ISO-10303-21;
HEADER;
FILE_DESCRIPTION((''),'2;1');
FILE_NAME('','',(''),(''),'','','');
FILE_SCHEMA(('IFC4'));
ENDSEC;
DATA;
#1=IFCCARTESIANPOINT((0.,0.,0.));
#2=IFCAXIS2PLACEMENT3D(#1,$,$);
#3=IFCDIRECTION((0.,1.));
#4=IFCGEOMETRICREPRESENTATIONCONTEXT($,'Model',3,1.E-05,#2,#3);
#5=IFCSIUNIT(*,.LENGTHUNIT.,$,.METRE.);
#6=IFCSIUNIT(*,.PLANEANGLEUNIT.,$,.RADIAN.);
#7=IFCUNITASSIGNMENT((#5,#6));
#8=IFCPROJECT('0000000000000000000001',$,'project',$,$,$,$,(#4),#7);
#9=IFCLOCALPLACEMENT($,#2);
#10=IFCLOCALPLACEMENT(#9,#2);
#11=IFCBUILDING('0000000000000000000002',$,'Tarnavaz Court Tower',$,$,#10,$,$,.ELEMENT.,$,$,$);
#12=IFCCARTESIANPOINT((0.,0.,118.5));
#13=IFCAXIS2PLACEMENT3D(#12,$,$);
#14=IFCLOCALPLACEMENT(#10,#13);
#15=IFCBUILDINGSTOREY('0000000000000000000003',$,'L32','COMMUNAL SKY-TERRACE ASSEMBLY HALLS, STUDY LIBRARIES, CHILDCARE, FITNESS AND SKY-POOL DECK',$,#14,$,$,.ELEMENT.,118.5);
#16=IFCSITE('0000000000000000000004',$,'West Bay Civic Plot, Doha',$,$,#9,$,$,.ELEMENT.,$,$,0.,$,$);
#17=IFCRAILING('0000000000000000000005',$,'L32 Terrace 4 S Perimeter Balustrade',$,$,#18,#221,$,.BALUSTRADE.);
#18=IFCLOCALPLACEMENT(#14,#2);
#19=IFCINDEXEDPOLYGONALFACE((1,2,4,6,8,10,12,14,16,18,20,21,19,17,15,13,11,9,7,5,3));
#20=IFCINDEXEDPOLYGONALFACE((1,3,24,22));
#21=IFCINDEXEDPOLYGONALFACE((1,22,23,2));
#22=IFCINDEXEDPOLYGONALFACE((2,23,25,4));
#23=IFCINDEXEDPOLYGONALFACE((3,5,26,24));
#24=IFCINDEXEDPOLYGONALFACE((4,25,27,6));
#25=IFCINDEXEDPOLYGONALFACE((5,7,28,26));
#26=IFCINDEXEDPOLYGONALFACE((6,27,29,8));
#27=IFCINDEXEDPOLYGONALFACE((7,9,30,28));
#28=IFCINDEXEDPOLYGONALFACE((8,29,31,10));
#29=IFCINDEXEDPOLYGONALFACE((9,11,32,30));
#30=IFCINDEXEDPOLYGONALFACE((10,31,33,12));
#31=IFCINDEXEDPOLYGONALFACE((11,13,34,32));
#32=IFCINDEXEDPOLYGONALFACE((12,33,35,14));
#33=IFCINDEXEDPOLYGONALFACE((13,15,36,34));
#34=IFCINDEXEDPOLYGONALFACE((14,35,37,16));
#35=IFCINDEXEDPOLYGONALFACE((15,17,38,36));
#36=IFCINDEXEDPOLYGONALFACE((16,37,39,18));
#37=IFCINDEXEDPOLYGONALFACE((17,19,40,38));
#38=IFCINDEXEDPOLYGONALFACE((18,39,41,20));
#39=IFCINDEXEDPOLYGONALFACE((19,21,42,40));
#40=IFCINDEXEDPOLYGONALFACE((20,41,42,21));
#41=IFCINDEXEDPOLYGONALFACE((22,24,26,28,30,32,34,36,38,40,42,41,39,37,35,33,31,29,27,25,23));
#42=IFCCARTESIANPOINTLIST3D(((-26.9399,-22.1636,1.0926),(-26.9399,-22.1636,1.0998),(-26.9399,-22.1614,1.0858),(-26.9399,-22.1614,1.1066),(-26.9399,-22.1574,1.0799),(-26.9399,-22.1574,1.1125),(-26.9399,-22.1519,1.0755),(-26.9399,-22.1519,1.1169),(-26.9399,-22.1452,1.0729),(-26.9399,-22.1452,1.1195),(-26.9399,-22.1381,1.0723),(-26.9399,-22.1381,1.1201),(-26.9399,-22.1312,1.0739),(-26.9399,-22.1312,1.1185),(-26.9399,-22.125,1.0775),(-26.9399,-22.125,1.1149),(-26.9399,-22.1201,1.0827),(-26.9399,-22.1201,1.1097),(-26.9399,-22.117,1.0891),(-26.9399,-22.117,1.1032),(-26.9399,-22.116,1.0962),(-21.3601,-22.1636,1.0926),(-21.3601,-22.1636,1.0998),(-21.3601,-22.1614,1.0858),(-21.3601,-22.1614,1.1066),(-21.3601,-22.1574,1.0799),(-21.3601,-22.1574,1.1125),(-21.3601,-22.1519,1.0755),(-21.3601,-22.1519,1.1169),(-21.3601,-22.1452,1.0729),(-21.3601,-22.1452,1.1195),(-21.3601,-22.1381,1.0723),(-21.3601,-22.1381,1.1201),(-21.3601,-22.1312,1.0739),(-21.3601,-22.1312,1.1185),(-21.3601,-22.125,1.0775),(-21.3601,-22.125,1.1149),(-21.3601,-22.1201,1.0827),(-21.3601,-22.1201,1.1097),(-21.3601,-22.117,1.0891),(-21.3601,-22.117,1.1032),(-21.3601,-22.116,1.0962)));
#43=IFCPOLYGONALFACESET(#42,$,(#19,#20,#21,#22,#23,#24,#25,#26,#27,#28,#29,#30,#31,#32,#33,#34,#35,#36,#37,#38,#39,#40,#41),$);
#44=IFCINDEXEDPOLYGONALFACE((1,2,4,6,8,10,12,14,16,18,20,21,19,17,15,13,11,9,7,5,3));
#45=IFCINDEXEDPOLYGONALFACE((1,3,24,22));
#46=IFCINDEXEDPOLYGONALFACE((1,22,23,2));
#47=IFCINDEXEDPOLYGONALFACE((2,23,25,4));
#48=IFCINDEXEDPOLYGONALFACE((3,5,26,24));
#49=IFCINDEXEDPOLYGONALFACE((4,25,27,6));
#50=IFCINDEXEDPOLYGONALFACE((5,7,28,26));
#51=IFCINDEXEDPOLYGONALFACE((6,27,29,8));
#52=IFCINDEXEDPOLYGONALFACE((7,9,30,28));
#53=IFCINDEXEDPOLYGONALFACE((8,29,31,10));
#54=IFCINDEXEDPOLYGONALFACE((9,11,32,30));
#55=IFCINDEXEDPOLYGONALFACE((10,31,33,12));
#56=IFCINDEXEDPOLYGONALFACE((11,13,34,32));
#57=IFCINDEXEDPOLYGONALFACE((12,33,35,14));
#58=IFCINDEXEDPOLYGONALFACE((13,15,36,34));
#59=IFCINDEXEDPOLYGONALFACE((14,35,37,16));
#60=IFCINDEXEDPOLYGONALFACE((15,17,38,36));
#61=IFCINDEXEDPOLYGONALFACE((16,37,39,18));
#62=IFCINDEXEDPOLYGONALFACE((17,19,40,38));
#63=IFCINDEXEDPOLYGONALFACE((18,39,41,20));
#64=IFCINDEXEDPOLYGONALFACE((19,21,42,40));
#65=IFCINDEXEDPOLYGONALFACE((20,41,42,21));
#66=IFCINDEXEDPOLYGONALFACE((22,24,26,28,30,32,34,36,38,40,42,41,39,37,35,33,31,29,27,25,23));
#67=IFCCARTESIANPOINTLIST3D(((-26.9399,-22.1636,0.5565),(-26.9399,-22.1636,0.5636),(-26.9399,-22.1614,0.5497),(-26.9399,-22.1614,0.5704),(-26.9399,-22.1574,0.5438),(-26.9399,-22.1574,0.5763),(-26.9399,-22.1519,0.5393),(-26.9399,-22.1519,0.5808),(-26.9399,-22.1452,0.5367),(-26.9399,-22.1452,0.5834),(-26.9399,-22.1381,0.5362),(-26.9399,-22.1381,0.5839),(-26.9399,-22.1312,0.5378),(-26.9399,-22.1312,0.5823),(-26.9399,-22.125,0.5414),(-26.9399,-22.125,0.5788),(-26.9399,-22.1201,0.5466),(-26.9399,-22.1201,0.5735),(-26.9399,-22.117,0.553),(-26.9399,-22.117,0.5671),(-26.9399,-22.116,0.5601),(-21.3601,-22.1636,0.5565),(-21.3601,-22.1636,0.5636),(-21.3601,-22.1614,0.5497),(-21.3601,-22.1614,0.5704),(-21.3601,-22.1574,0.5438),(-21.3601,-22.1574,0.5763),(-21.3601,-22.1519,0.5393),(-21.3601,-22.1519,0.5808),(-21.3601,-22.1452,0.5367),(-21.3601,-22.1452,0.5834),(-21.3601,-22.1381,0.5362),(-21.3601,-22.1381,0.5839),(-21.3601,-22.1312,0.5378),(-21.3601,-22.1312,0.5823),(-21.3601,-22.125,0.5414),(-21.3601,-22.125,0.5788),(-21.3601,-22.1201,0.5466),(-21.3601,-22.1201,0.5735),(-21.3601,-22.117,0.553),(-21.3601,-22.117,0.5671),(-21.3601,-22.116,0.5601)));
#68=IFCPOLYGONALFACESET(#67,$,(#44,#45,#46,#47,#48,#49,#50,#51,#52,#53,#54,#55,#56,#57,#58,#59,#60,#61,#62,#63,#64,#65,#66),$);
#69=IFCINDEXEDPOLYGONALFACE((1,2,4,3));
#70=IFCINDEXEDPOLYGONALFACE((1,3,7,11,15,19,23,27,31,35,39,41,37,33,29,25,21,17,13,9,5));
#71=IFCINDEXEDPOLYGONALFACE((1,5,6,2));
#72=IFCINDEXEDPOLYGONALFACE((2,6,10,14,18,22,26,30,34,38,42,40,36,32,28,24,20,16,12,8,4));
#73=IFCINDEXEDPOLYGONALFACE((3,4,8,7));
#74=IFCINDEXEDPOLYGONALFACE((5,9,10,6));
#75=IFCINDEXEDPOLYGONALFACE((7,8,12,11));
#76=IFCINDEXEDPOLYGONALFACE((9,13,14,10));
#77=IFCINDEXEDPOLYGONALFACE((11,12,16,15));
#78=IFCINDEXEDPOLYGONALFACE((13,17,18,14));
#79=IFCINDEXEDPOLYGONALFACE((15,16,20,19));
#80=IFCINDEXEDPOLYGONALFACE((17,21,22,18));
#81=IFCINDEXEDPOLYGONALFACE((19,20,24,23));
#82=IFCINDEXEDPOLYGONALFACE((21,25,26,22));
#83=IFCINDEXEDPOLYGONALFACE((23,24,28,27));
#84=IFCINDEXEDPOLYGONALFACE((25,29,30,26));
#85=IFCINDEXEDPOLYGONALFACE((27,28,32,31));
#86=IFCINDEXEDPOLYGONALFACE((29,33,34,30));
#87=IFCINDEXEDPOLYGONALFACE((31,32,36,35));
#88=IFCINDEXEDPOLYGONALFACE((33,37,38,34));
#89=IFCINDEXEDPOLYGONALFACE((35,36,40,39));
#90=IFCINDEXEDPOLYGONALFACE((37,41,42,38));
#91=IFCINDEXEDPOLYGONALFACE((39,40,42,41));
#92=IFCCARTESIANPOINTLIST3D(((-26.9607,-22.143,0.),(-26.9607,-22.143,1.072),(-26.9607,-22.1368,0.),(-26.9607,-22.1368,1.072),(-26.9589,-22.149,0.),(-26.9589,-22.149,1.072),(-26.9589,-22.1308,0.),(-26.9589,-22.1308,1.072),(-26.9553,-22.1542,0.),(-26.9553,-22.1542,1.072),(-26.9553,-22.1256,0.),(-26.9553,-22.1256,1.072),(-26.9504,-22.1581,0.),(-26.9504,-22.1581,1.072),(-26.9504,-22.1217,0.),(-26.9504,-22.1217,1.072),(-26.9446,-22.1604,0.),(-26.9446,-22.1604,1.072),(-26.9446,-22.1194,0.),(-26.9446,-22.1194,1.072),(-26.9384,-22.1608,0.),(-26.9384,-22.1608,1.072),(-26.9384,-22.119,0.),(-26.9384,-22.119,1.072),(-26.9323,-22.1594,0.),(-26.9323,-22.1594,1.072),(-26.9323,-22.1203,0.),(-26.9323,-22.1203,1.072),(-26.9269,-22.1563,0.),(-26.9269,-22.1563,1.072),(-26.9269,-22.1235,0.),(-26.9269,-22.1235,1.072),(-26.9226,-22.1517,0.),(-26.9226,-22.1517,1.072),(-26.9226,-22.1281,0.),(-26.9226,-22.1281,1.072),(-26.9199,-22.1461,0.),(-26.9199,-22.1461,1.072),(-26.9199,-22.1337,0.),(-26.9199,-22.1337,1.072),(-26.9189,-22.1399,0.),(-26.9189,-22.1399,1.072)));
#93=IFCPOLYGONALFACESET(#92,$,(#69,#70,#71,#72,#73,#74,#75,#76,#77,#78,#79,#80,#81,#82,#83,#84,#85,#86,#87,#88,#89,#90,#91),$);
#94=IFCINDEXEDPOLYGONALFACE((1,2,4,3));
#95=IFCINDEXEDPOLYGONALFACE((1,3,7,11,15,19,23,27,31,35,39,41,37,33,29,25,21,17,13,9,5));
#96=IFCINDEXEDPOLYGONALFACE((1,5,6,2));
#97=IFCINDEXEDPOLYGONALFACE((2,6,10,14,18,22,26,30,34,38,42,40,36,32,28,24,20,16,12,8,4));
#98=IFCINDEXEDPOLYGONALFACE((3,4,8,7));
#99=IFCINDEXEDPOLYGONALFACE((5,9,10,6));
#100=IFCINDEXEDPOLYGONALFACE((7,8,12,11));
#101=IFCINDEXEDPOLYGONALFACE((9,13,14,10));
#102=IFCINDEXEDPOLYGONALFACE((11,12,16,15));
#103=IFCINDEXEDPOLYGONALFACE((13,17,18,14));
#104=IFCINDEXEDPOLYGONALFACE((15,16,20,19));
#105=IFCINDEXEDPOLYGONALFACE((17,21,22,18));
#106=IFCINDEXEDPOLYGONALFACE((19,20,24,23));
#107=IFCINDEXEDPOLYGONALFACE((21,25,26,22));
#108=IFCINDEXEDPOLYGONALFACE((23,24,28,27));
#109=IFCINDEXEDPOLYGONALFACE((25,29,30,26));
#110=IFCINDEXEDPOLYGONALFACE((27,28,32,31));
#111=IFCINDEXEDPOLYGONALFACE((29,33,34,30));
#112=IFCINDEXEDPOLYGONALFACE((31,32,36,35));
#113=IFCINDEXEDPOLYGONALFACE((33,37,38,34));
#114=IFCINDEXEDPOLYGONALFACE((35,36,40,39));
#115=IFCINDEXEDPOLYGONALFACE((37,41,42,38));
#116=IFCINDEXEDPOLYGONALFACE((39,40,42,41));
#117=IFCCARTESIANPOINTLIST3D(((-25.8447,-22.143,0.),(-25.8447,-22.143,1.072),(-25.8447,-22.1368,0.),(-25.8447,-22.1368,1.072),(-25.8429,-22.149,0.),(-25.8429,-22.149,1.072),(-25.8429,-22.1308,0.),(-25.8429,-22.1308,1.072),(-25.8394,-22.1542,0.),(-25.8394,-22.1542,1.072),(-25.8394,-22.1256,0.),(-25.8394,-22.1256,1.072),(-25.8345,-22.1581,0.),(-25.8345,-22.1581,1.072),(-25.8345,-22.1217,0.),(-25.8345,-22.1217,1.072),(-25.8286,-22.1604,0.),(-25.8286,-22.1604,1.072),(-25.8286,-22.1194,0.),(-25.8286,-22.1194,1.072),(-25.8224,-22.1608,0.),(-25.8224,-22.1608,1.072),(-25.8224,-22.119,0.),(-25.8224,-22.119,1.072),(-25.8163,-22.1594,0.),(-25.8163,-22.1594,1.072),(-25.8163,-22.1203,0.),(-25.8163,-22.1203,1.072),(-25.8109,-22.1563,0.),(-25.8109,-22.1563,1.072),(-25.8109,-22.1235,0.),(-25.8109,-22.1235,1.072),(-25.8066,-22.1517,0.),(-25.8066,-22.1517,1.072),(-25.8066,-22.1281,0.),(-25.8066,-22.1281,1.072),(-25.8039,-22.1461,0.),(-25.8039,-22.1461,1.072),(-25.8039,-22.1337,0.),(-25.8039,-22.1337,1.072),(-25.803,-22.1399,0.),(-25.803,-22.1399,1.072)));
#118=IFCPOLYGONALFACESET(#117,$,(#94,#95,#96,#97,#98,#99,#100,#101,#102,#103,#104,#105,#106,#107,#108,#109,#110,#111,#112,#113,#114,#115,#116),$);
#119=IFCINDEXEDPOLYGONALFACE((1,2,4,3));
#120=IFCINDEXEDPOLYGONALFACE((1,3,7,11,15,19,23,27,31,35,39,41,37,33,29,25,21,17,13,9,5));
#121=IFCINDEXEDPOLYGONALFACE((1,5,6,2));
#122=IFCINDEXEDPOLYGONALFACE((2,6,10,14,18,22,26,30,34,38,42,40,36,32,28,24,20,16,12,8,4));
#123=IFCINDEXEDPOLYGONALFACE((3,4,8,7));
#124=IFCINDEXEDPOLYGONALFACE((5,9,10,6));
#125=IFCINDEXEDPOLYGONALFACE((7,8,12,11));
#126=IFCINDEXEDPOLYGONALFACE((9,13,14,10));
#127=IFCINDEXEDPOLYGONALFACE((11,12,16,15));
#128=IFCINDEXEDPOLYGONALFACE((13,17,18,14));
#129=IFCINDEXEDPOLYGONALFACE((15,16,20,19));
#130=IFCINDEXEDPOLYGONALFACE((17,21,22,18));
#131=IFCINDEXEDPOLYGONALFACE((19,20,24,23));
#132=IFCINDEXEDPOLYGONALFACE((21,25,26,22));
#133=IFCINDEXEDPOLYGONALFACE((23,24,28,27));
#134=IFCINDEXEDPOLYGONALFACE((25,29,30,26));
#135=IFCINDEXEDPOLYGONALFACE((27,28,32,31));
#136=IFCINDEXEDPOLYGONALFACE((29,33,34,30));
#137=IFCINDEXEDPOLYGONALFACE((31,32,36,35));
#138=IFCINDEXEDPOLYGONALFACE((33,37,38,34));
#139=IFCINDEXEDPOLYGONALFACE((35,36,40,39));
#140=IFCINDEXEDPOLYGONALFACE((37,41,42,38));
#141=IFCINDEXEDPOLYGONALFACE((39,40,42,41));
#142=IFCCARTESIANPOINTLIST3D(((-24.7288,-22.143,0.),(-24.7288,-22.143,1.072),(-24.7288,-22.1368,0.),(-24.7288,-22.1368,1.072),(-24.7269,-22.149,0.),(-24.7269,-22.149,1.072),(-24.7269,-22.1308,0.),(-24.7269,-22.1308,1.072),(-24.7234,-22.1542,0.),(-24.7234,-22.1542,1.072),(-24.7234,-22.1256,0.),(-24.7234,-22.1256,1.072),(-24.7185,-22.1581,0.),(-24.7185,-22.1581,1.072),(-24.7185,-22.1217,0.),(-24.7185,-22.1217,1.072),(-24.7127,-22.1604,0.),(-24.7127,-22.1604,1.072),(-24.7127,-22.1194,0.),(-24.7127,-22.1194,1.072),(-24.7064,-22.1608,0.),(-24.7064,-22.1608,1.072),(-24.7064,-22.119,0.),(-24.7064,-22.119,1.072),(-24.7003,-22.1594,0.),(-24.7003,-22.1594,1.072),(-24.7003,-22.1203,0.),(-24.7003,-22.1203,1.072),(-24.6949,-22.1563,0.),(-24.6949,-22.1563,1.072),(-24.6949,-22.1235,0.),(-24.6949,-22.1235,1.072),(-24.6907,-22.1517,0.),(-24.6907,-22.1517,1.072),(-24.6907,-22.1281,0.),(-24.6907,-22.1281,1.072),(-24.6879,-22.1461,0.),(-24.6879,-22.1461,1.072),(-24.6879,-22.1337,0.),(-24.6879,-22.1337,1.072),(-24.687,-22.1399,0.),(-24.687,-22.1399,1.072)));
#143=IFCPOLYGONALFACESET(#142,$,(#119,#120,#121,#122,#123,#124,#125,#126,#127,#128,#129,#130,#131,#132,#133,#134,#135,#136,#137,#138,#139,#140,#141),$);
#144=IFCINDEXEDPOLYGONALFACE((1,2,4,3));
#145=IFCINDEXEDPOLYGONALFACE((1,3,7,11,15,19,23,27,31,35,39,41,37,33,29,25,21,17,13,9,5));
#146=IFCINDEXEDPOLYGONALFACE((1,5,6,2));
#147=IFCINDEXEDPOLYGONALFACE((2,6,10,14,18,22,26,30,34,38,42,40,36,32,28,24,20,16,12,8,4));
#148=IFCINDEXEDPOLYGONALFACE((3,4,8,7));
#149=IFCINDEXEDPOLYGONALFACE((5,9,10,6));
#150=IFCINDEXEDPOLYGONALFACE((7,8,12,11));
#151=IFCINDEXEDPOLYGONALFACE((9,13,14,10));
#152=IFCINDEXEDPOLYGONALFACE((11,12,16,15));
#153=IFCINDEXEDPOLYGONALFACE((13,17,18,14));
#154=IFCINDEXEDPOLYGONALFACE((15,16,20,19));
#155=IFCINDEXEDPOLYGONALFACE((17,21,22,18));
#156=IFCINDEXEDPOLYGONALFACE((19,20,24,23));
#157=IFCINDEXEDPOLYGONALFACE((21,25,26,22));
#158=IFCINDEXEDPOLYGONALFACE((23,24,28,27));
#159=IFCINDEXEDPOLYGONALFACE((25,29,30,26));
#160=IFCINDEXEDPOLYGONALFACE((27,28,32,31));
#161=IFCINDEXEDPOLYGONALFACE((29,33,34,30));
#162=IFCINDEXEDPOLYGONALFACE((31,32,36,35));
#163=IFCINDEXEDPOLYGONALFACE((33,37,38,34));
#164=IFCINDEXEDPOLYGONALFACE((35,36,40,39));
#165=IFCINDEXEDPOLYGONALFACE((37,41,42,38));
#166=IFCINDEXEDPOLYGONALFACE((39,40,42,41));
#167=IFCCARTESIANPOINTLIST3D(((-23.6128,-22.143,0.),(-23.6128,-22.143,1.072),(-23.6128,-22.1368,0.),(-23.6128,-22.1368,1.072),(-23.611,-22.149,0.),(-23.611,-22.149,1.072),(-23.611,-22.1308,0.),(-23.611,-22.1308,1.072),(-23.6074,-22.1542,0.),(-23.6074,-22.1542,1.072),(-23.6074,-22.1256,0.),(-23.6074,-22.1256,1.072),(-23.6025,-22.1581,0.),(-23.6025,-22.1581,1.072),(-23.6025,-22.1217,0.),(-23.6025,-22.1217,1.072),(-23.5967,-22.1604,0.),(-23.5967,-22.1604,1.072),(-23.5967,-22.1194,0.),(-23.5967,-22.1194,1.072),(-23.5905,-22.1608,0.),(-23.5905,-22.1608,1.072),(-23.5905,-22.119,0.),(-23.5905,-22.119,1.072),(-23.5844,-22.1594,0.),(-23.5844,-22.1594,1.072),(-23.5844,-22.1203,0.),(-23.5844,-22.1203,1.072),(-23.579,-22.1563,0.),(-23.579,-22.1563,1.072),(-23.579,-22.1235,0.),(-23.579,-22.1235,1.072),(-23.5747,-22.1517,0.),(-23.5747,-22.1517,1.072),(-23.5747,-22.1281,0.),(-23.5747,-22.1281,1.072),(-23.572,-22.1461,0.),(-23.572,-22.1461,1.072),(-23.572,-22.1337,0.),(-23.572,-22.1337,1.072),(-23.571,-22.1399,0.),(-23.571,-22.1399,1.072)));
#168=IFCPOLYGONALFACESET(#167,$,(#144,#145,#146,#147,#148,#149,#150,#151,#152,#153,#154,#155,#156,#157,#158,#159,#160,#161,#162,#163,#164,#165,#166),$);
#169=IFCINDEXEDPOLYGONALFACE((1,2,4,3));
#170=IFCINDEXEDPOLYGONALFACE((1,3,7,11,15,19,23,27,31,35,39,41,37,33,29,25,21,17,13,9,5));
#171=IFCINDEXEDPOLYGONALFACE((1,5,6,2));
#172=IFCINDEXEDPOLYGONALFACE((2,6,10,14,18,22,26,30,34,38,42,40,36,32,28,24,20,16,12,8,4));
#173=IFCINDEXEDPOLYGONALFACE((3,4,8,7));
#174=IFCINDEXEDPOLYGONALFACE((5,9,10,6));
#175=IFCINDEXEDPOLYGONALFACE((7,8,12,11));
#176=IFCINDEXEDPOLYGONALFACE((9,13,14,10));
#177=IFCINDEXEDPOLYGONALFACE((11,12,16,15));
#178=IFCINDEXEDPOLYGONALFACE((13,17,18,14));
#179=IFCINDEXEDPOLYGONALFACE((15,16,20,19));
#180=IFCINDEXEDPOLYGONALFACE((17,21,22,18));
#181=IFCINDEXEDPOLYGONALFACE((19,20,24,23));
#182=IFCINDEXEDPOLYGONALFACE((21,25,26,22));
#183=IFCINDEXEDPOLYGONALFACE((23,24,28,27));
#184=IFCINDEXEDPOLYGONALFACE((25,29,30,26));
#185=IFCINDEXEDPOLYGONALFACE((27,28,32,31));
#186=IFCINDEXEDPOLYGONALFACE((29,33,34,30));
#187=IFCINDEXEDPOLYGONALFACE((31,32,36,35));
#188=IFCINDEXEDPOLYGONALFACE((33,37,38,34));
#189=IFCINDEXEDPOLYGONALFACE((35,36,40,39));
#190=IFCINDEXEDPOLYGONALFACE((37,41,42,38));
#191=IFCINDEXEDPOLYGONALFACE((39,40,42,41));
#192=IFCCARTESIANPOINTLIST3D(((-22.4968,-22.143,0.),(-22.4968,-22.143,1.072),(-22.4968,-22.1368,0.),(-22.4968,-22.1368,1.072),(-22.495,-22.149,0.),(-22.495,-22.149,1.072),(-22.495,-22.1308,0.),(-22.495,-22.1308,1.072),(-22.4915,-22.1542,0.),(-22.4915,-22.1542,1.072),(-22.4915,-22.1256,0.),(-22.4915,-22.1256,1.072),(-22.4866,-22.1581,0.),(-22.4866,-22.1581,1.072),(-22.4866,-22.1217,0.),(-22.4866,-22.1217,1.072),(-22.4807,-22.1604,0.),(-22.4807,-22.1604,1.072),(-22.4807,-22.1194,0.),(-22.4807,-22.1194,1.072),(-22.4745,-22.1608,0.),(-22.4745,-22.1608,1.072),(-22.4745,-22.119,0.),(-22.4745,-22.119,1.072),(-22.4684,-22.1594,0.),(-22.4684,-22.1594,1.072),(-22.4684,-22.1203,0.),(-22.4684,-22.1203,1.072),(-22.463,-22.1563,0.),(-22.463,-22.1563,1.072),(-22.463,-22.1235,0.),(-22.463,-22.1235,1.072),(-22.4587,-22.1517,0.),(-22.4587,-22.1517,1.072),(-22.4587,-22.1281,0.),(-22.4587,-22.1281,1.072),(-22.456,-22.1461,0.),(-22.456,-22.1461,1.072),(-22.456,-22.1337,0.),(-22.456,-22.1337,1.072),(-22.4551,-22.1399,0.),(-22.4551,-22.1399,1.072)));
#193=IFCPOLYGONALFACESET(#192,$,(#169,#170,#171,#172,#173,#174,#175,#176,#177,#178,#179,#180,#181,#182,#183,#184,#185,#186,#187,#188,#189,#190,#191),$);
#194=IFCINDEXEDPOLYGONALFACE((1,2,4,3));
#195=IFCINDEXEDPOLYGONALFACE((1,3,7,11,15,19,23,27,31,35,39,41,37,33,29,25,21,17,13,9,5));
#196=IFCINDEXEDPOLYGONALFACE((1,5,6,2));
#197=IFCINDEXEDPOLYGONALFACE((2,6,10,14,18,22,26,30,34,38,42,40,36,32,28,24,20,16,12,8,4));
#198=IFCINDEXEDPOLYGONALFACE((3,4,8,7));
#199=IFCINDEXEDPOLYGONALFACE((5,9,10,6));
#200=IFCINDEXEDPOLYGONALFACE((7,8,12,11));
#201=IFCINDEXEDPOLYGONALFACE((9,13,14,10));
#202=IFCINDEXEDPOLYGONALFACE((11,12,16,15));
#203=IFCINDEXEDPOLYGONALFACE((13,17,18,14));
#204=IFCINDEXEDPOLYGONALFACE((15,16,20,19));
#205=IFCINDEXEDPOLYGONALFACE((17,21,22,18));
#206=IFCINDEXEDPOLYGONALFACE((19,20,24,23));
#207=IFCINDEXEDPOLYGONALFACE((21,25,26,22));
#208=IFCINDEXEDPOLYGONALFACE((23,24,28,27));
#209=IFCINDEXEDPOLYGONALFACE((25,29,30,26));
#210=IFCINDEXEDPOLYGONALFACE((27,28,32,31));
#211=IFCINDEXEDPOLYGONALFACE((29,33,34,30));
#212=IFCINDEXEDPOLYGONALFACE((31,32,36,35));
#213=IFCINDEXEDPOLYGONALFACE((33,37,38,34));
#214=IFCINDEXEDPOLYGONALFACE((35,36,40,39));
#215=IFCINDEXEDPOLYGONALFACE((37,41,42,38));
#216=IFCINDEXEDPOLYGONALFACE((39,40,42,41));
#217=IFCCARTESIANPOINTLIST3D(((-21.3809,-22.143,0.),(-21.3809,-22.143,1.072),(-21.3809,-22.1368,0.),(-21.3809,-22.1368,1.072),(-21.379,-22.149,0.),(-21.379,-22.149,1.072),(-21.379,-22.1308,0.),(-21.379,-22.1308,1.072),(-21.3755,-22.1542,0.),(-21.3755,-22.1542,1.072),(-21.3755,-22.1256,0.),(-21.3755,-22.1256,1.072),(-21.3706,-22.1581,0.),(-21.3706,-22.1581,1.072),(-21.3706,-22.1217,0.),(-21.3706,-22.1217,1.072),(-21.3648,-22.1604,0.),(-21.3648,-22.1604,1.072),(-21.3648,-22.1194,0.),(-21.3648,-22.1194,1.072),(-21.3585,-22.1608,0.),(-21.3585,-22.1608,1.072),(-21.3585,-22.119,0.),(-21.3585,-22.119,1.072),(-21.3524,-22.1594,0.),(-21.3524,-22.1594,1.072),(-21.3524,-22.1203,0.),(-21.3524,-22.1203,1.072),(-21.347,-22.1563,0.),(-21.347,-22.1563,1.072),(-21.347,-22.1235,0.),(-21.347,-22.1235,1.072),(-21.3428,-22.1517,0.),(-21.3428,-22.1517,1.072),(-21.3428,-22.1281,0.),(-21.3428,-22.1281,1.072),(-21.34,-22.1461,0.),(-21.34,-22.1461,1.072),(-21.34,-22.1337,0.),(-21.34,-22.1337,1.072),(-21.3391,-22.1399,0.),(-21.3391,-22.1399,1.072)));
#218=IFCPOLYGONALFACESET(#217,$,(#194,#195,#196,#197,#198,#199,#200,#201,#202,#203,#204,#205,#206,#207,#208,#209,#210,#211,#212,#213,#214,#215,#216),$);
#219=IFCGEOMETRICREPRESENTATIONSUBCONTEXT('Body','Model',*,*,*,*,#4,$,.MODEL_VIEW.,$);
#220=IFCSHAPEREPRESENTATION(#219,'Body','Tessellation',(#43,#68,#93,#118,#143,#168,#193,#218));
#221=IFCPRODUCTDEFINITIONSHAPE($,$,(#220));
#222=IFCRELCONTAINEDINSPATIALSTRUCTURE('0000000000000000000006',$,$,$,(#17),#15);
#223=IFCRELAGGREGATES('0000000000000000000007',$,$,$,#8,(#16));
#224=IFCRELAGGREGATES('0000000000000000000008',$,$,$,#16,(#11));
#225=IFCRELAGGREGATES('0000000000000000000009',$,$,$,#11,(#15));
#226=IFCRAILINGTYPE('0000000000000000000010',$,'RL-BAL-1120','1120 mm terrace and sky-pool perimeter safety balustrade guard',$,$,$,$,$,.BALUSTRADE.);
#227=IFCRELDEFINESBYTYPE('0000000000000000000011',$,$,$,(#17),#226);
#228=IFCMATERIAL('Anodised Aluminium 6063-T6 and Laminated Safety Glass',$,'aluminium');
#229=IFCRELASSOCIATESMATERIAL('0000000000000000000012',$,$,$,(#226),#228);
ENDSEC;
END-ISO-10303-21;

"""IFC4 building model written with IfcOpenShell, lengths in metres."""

from ifc_helpers import new_model, si_unit, direction, frame, origin, origin_2d, place, context, subcontext, project, spatial, circle, extrude, material, type_object, element, save


model = new_model("IFC4")

# Units and contexts
model_context = context("Model", 3, precision=1e-05, world=origin(), true_north=direction((0.0, 1.0)))
body_context = subcontext(model_context, "Body", "Model", "MODEL_VIEW")
ifc_project = project(units=[si_unit("LENGTHUNIT", "METRE"), si_unit("PLANEANGLEUNIT", "RADIAN")], contexts=[model_context])

# Site, building, storey
site_placement = place(None, origin())
site = spatial("IfcSite", under=ifc_project, at=site_placement, Name="West Bay Civic Plot, Doha", CompositionType="ELEMENT", RefElevation=0.0)
building_placement = place(site_placement, origin())
building = spatial("IfcBuilding", under=site, at=building_placement, Name="Tarnavaz Court Tower", CompositionType="ELEMENT")
storey_placement = place(building_placement, frame((0.0, 0.0, 118.5)))
storey = spatial("IfcBuildingStorey", under=building, at=storey_placement, Name="L32", Description="COMMUNAL SKY-TERRACE ASSEMBLY HALLS, STUDY LIBRARIES, CHILDCARE, FITNESS AND SKY-POOL DECK", CompositionType="ELEMENT", Elevation=118.5)

# Railing
ifc_material_1 = material(Name="Anodised Aluminium 6063-T6 and Laminated Safety Glass", Category="aluminium")
railing_type = type_object("IfcRailingType", Name="RL-BAL-1120", Description="1120 mm terrace and sky-pool perimeter safety balustrade guard", PredefinedType="BALUSTRADE", material=ifc_material_1)
railing_1_placement = place(storey_placement, frame((-26.9399, -22.1399, 0.0)))
element("IfcRailing", 1, at=railing_1_placement, inside=storey, type_object=railing_type, Name="L32 Terrace 4 S Perimeter Balustrade", PredefinedType="BALUSTRADE", context=body_context, shape_type="SweptSolid", body=[
    extrude(circle(Radius=0.0239, at=origin_2d()), frame((0.0, 0.0, 1.0962), z_axis=(1.0, 0.0, 0.0), x_axis=(0.0, 1.0, 0.0)), (0.0, 0.0, 1.0), 5.5798),
    extrude(circle(Radius=0.0239, at=origin_2d()), frame((0.0, 0.0, 0.5601), z_axis=(1.0, 0.0, 0.0), x_axis=(0.0, 1.0, 0.0)), (0.0, 0.0, 1.0), 5.5798),
    extrude(circle(Radius=0.021, at=origin_2d()), origin(), (0.0, 0.0, 1.0), 1.072),
    extrude(circle(Radius=0.021, at=origin_2d()), frame((1.116, 0.0, 0.0)), (0.0, 0.0, 1.0), 1.072),
    extrude(circle(Radius=0.021, at=origin_2d()), frame((2.2319, 0.0, 0.0)), (0.0, 0.0, 1.0), 1.072),
    extrude(circle(Radius=0.021, at=origin_2d()), frame((3.3479, 0.0, 0.0)), (0.0, 0.0, 1.0), 1.072),
    extrude(circle(Radius=0.021, at=origin_2d()), frame((4.4639, 0.0, 0.0)), (0.0, 0.0, 1.0), 1.072),
    extrude(circle(Radius=0.021, at=origin_2d()), frame((5.5798, 0.0, 0.0)), (0.0, 0.0, 1.0), 1.072),
])

save(model, "model.ifc")
